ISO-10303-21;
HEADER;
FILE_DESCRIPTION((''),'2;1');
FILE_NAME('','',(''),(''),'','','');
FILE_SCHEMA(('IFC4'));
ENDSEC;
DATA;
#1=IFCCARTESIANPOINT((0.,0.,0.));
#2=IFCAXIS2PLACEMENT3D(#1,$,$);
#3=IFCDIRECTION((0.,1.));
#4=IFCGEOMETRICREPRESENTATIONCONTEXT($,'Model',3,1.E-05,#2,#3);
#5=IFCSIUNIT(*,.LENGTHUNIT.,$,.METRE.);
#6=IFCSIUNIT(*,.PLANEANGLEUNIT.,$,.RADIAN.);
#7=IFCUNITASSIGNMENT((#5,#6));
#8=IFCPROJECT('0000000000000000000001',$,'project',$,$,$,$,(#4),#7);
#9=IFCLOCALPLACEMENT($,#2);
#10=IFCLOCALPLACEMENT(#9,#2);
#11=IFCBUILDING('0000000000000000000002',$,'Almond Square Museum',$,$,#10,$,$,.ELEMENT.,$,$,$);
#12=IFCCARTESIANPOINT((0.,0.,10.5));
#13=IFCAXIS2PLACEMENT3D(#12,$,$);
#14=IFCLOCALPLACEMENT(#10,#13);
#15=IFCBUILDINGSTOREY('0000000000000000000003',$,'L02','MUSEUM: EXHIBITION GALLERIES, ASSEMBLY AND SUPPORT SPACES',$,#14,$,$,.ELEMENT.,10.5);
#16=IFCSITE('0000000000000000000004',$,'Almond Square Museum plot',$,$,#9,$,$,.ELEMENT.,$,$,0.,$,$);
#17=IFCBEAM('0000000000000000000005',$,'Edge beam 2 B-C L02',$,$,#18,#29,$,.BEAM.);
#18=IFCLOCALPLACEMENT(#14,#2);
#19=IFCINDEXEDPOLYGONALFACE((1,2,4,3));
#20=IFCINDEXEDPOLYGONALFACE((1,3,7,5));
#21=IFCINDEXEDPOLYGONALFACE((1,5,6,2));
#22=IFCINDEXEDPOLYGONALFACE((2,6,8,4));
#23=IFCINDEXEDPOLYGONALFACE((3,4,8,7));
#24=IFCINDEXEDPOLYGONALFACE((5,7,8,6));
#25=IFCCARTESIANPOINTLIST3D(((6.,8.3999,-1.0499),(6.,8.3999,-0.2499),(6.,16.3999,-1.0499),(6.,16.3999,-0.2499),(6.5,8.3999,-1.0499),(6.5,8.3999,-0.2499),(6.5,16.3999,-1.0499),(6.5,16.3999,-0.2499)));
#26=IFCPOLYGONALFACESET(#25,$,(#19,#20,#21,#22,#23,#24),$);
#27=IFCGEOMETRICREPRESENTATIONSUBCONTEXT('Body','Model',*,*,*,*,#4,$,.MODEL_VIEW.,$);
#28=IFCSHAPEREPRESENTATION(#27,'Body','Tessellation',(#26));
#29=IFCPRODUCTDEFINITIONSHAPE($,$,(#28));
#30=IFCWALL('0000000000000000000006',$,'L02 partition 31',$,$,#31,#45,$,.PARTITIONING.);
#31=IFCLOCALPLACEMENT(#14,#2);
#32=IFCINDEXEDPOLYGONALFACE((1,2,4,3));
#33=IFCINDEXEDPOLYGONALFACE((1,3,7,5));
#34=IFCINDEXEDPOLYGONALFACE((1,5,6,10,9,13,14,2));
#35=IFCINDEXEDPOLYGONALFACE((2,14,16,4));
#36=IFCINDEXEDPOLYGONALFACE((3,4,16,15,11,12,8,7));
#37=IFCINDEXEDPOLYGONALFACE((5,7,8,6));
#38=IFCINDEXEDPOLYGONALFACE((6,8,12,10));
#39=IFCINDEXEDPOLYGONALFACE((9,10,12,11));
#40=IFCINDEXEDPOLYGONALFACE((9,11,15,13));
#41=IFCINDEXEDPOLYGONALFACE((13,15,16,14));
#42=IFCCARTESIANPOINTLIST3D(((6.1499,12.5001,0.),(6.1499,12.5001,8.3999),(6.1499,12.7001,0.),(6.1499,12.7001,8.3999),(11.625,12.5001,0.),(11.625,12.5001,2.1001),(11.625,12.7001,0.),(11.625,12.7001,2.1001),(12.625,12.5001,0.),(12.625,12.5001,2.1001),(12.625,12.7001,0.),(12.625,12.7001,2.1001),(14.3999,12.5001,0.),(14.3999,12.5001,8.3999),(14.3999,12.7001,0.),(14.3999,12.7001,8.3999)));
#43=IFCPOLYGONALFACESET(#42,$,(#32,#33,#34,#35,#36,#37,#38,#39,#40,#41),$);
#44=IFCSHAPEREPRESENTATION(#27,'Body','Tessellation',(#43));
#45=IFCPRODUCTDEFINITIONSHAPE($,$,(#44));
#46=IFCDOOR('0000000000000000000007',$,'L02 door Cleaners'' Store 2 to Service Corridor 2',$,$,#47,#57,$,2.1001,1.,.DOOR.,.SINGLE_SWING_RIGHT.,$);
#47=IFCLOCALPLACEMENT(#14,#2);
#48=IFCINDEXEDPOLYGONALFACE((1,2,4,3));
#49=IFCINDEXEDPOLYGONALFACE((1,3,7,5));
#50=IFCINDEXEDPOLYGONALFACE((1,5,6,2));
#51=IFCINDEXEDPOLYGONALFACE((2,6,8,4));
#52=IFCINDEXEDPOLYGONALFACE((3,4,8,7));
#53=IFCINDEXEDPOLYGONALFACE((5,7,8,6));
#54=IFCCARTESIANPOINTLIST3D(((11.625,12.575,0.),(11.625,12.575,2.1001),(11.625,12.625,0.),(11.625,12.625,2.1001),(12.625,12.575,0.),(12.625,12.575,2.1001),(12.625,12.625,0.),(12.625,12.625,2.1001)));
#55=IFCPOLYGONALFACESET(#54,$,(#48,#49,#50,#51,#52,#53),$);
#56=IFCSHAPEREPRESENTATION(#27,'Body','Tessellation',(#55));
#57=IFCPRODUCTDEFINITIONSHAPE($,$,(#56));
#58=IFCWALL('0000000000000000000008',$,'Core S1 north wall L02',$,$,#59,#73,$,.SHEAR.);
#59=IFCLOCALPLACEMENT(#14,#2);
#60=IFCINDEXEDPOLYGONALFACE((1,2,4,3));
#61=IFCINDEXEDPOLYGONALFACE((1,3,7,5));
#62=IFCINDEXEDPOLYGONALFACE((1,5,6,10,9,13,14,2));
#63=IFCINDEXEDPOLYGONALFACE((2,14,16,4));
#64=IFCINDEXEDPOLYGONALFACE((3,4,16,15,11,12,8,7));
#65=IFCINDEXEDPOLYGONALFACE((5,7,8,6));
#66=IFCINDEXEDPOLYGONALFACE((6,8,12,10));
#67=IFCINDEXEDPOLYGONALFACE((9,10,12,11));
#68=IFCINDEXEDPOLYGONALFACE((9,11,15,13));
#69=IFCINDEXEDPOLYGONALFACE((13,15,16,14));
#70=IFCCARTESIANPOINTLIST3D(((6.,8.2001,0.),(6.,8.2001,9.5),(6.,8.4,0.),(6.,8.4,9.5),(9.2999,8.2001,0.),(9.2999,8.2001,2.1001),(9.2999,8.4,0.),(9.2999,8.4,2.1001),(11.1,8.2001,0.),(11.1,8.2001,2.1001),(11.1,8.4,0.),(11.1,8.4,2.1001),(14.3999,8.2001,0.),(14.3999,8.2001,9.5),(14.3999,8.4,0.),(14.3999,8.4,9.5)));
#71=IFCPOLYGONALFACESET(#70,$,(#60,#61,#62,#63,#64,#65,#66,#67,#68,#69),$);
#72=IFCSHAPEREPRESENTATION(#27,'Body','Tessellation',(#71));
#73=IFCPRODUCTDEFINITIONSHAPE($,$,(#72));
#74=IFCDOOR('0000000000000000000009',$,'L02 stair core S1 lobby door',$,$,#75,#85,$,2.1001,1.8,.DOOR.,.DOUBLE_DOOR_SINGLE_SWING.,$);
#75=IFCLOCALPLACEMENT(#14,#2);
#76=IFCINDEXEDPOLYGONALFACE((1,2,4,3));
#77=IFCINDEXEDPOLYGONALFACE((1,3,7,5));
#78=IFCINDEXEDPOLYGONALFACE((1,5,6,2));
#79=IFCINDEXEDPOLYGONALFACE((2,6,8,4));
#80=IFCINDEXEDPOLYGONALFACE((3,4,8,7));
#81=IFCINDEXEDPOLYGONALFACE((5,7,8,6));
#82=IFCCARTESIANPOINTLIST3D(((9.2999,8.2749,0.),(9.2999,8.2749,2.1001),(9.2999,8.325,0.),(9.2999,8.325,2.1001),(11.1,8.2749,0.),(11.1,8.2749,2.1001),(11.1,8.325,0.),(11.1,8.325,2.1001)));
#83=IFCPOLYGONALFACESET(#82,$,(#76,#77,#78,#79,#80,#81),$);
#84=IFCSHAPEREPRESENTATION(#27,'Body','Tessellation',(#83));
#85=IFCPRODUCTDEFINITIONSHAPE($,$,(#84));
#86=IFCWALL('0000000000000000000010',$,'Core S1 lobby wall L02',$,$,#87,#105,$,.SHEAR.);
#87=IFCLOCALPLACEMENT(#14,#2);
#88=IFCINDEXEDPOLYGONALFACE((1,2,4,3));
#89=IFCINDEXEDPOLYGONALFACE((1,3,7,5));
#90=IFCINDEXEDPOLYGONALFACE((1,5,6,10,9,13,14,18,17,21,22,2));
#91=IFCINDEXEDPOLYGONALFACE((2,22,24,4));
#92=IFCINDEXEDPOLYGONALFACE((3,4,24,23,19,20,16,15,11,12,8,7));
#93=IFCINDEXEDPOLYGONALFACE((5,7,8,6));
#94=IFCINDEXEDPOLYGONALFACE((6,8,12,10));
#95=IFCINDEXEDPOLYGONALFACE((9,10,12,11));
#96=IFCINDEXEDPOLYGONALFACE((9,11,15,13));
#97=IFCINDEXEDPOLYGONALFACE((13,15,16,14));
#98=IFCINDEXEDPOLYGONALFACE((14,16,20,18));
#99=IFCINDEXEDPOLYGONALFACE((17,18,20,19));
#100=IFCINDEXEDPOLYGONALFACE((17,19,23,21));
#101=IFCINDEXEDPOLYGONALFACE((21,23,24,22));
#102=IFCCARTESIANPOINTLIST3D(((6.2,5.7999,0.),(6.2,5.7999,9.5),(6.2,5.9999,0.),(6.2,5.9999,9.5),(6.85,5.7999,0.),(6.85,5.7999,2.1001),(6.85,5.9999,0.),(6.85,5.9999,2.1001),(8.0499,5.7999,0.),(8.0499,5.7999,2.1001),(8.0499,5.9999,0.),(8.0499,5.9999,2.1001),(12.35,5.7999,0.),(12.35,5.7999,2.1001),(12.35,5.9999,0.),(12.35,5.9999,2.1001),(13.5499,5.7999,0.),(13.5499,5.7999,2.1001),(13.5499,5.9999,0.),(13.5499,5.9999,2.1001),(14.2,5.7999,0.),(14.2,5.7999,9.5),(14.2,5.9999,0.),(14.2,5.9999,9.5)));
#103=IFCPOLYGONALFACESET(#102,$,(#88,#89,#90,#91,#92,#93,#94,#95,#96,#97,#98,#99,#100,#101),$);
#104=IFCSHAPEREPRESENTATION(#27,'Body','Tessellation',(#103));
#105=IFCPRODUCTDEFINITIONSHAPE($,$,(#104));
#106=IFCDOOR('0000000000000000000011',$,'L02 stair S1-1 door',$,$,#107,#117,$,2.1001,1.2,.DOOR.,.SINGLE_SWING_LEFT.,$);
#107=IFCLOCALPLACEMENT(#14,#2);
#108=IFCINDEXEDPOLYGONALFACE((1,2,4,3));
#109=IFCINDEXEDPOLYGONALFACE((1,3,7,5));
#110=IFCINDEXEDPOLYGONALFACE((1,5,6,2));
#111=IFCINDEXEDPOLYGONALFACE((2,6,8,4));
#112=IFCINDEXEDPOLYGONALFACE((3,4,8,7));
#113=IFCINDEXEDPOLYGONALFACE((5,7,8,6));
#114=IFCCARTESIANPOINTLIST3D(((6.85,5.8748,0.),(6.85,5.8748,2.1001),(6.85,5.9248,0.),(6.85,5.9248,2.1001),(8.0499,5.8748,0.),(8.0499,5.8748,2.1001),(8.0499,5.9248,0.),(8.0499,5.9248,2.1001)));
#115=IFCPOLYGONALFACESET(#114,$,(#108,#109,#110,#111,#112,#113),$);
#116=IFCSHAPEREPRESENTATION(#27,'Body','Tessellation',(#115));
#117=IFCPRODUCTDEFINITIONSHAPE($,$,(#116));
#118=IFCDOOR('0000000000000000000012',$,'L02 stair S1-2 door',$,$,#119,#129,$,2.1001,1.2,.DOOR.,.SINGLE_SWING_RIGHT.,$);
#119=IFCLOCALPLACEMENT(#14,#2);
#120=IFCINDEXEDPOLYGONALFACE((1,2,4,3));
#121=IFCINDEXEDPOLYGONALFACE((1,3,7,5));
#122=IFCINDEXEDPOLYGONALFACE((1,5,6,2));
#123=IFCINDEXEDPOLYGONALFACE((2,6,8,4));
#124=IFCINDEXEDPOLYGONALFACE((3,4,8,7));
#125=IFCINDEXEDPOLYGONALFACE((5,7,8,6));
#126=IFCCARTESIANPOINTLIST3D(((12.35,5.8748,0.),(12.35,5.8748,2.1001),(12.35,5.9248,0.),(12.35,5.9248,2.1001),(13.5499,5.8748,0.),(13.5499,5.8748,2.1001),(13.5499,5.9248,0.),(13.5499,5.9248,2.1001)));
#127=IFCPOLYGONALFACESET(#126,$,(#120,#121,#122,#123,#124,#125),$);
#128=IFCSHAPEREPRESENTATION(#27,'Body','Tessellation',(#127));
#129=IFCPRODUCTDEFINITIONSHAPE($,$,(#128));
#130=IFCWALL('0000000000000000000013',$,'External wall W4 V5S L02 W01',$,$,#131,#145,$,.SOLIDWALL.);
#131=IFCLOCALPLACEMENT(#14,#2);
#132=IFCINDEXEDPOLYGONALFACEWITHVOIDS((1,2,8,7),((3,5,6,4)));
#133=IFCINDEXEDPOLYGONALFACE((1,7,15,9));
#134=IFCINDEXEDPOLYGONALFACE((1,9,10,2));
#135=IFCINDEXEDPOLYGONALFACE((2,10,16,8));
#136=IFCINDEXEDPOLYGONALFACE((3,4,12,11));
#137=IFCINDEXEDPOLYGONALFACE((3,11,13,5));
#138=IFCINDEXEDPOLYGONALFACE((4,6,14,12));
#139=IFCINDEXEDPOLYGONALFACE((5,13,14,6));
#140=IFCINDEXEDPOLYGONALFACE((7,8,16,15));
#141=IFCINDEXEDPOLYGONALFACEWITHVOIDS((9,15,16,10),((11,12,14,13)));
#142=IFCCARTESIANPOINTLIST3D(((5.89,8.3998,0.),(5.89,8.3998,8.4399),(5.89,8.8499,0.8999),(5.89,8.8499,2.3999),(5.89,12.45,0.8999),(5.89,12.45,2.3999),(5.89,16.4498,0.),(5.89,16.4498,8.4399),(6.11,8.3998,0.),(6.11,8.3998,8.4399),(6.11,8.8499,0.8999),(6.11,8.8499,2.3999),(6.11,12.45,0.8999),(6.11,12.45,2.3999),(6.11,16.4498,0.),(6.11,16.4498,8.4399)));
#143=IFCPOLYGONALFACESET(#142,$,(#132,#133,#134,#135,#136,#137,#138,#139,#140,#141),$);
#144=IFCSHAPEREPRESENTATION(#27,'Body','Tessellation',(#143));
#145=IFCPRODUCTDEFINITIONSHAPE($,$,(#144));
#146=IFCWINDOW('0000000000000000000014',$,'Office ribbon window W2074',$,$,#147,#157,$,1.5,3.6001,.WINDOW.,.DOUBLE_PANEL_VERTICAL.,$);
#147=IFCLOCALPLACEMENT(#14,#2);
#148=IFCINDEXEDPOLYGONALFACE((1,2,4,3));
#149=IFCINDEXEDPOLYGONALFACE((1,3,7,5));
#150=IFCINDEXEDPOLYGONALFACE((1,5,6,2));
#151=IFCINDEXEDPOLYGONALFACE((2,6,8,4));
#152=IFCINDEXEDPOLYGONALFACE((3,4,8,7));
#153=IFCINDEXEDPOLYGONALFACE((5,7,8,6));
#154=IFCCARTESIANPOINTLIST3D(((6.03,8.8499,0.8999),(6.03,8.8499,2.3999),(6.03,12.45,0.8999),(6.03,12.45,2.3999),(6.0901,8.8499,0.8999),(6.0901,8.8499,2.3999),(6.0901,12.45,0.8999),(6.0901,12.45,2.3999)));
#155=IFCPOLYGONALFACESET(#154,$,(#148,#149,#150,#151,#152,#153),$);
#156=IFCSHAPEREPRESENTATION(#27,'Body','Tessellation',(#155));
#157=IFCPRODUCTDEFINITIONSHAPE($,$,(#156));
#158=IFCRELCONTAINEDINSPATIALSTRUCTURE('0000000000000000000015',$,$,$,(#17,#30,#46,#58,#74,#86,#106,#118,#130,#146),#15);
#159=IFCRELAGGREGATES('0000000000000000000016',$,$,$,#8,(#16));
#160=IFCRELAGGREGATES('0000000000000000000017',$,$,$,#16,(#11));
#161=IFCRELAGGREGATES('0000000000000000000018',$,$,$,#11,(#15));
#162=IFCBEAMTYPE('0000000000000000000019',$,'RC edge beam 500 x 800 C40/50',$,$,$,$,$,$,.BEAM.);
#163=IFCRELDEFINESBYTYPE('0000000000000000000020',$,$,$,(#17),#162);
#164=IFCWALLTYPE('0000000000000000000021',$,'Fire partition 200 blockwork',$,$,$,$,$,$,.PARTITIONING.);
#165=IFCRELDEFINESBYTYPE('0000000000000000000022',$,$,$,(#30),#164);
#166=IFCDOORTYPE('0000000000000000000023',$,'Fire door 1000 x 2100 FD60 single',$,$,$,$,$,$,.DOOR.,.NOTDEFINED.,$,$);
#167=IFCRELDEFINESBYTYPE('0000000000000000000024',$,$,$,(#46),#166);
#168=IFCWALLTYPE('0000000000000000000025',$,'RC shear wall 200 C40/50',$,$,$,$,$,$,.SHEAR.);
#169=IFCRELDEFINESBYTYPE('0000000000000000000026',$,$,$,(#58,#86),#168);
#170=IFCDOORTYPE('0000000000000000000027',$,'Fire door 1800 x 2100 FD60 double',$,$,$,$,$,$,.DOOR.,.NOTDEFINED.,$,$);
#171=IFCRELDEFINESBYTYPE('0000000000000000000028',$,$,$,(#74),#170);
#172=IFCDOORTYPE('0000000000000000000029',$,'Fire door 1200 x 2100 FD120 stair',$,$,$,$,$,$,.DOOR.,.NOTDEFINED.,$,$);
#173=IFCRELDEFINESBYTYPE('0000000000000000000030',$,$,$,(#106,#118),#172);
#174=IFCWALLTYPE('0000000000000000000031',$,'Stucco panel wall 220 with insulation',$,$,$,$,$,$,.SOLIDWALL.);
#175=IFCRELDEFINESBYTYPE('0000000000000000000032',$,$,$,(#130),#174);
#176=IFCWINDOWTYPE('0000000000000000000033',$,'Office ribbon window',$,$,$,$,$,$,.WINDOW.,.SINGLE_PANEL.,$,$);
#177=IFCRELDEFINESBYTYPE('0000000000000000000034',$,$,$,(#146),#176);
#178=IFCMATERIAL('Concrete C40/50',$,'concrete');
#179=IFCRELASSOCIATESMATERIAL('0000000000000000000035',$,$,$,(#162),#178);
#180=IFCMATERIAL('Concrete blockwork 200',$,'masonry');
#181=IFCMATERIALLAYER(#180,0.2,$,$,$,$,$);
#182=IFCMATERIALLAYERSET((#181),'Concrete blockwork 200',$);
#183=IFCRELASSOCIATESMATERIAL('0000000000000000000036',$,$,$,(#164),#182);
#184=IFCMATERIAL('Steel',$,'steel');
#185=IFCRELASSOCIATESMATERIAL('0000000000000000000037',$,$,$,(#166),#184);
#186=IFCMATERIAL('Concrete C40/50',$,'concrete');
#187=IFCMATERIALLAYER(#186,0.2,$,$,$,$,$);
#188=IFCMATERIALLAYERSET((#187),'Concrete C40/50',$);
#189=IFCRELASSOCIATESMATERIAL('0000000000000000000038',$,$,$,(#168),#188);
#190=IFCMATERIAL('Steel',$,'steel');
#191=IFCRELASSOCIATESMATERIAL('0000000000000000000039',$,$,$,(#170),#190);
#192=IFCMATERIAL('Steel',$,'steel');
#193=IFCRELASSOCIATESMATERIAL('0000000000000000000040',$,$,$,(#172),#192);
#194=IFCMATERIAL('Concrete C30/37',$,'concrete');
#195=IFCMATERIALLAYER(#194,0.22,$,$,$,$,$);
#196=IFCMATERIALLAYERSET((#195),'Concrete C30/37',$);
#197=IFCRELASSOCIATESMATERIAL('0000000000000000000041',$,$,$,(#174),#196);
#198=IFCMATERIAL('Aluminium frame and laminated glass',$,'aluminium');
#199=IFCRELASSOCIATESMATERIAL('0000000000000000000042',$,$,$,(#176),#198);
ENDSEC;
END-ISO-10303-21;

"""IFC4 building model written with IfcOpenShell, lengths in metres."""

from ifc_helpers import new_model, si_unit, direction, frame, frame_2d, origin, origin_2d, place, context, subcontext, project, spatial, rectangle, extrude, material, layer, layer_set, material_profile, profile_set, type_object, element, fill, save


model = new_model("IFC4")

# Units and contexts
model_context = context("Model", 3, precision=1e-05, world=origin(), true_north=direction((0.0, 1.0)))
body_context = subcontext(model_context, "Body", "Model", "MODEL_VIEW")
ifc_project = project(units=[si_unit("LENGTHUNIT", "METRE"), si_unit("PLANEANGLEUNIT", "RADIAN")], contexts=[model_context])

# Site, building, storey
site_placement = place(None, origin())
site = spatial("IfcSite", under=ifc_project, at=site_placement, Name="Almond Square Museum plot", CompositionType="ELEMENT", RefElevation=0.0)
building_placement = place(site_placement, origin())
building = spatial("IfcBuilding", under=site, at=building_placement, Name="Almond Square Museum", CompositionType="ELEMENT")
storey_placement = place(building_placement, frame((0.0, 0.0, 10.5)))
storey = spatial("IfcBuildingStorey", under=building, at=storey_placement, Name="L02", Description="MUSEUM: EXHIBITION GALLERIES, ASSEMBLY AND SUPPORT SPACES", CompositionType="ELEMENT", Elevation=10.5)

# Beam
ifc_material_1 = material(Name="Concrete C40/50", Category="concrete")
ifc_material_profile = material_profile(ifc_material_1, rectangle(XDim=0.5, YDim=0.8, at=origin_2d()))
ifc_profile_set = profile_set([ifc_material_profile], Name="Concrete C40/50")
beam_type = type_object("IfcBeamType", Name="RC edge beam 500 x 800 C40/50", PredefinedType="BEAM", material=ifc_profile_set)
beam_placement = place(storey_placement, frame((6.25, 8.3999, -0.6499), z_axis=(0.0, 1.0, 0.0), x_axis=(-1.0, 0.0, 0.0)))
element("IfcBeam", 1, at=beam_placement, inside=storey, type_object=beam_type, Name="Edge beam 2 B-C L02", PredefinedType="BEAM", context=body_context, shape_type="SweptSolid", body=[
    extrude(rectangle(XDim=0.5, YDim=0.8, at=origin_2d()), origin(), (0.0, 0.0, 1.0), 8.0),
])

# Walls, openings, doors
ifc_material_2 = material(Name="Concrete blockwork 200", Category="masonry")
ifc_layer_1 = layer(ifc_material_2, 0.2)
ifc_layer_set_1 = layer_set([ifc_layer_1], Name="Concrete blockwork 200")
wall_type_1 = type_object("IfcWallType", Name="Fire partition 200 blockwork", PredefinedType="PARTITIONING", material=ifc_layer_set_1)
wall_1_placement = place(storey_placement, frame((6.1499, 12.6001, 0.0), z_axis=(0.0, 0.0, 1.0), x_axis=(1.0, 0.0, 0.0)))
wall_1 = element("IfcWall", 2, at=wall_1_placement, inside=storey, type_object=wall_type_1, Name="L02 partition 31", PredefinedType="PARTITIONING", context=body_context, shape_type="SweptSolid", body=[
    extrude(rectangle(XDim=8.25, YDim=0.2, at=frame_2d((4.125, 0.0))), origin(), (0.0, 0.0, 1.0), 8.3999),
])
opening_1_placement = place(wall_1_placement, frame((5.4751, 0.0, 0.0)))
opening_1 = element("IfcOpeningElement", 3, at=opening_1_placement, cuts=wall_1, PredefinedType="OPENING", context=body_context, shape_type="SweptSolid", body=[
    extrude(rectangle(XDim=1.0, YDim=2.1001, at=frame_2d((0.5, 1.05))), frame((0.0, 0.1099, 0.0), z_axis=(0.0, -1.0, 0.0), x_axis=(1.0, 0.0, 0.0)), (0.0, 0.0, 1.0), 0.22),
])
ifc_material_3 = material(Name="Steel", Category="steel")
door_type_1 = type_object("IfcDoorType", Name="Fire door 1000 x 2100 FD60 single", OperationType="NOTDEFINED", PredefinedType="DOOR", material=ifc_material_3)
door_1_placement = place(opening_1_placement, origin())
door_1 = element("IfcDoor", 4, at=door_1_placement, inside=storey, type_object=door_type_1, Name="L02 door Cleaners' Store 2 to Service Corridor 2", OperationType="SINGLE_SWING_RIGHT", OverallHeight=2.1001, OverallWidth=1.0, PredefinedType="DOOR", context=body_context, shape_type="SweptSolid", body=[
    extrude(rectangle(XDim=1.0, YDim=2.1001, at=frame_2d((0.5, 1.05))), frame((0.0, 0.0249, 0.0), z_axis=(0.0, -1.0, 0.0), x_axis=(1.0, 0.0, 0.0)), (0.0, 0.0, 1.0), 0.05),
])
fill(opening_1, door_1)
ifc_material_4 = material(Name="Concrete C40/50", Category="concrete")
ifc_layer_2 = layer(ifc_material_4, 0.2)
ifc_layer_set_2 = layer_set([ifc_layer_2], Name="Concrete C40/50")
wall_type_2 = type_object("IfcWallType", Name="RC shear wall 200 C40/50", PredefinedType="SHEAR", material=ifc_layer_set_2)
wall_2_placement = place(storey_placement, frame((6.0, 8.3, 0.0), z_axis=(0.0, 0.0, 1.0), x_axis=(1.0, 0.0, 0.0)))
wall_2 = element("IfcWall", 5, at=wall_2_placement, inside=storey, type_object=wall_type_2, Name="Core S1 north wall L02", PredefinedType="SHEAR", context=body_context, shape_type="SweptSolid", body=[
    extrude(rectangle(XDim=8.3999, YDim=0.2, at=frame_2d((4.2, 0.0))), origin(), (0.0, 0.0, 1.0), 9.5),
])
opening_2_placement = place(wall_2_placement, frame((3.3, 0.0, 0.0)))
opening_2 = element("IfcOpeningElement", 6, at=opening_2_placement, cuts=wall_2, PredefinedType="OPENING", context=body_context, shape_type="SweptSolid", body=[
    extrude(rectangle(XDim=1.8, YDim=2.1001, at=frame_2d((0.8999, 1.05))), frame((0.0, 0.1099, 0.0), z_axis=(0.0, -1.0, 0.0), x_axis=(1.0, 0.0, 0.0)), (0.0, 0.0, 1.0), 0.22),
])
ifc_material_5 = material(Name="Steel", Category="steel")
door_type_2 = type_object("IfcDoorType", Name="Fire door 1800 x 2100 FD60 double", OperationType="NOTDEFINED", PredefinedType="DOOR", material=ifc_material_5)
door_2_placement = place(opening_2_placement, origin())
door_2 = element("IfcDoor", 7, at=door_2_placement, inside=storey, type_object=door_type_2, Name="L02 stair core S1 lobby door", OperationType="DOUBLE_DOOR_SINGLE_SWING", OverallHeight=2.1001, OverallWidth=1.8, PredefinedType="DOOR", context=body_context, shape_type="SweptSolid", body=[
    extrude(rectangle(XDim=1.8, YDim=2.1001, at=frame_2d((0.8999, 1.05))), frame((0.0, 0.0249, 0.0), z_axis=(0.0, -1.0, 0.0), x_axis=(1.0, 0.0, 0.0)), (0.0, 0.0, 1.0), 0.05),
])
fill(opening_2, door_2)

# Wall, openings, doors
wall_3_placement = place(storey_placement, frame((6.2, 5.8999, 0.0), z_axis=(0.0, 0.0, 1.0), x_axis=(1.0, 0.0, 0.0)))
wall_3 = element("IfcWall", 8, at=wall_3_placement, inside=storey, type_object=wall_type_2, Name="Core S1 lobby wall L02", PredefinedType="SHEAR", context=body_context, shape_type="SweptSolid", body=[
    extrude(rectangle(XDim=8.0, YDim=0.2, at=frame_2d((4.0, 0.0))), origin(), (0.0, 0.0, 1.0), 9.5),
])
opening_3_placement = place(wall_3_placement, frame((0.6499, 0.0, 0.0)))
opening_3 = element("IfcOpeningElement", 9, at=opening_3_placement, cuts=wall_3, PredefinedType="OPENING", context=body_context, shape_type="SweptSolid", body=[
    extrude(rectangle(XDim=1.2, YDim=2.1001, at=frame_2d((0.6001, 1.05))), frame((0.0, 0.1099, 0.0), z_axis=(0.0, -1.0, 0.0), x_axis=(1.0, 0.0, 0.0)), (0.0, 0.0, 1.0), 0.22),
])
opening_4_placement = place(wall_3_placement, frame((6.1499, 0.0, 0.0)))
opening_4 = element("IfcOpeningElement", 10, at=opening_4_placement, cuts=wall_3, PredefinedType="OPENING", context=body_context, shape_type="SweptSolid", body=[
    extrude(rectangle(XDim=1.2, YDim=2.1001, at=frame_2d((0.6001, 1.05))), frame((0.0, 0.1099, 0.0), z_axis=(0.0, -1.0, 0.0), x_axis=(1.0, 0.0, 0.0)), (0.0, 0.0, 1.0), 0.22),
])
ifc_material_6 = material(Name="Steel", Category="steel")
door_type_3 = type_object("IfcDoorType", Name="Fire door 1200 x 2100 FD120 stair", OperationType="NOTDEFINED", PredefinedType="DOOR", material=ifc_material_6)
door_3_placement = place(opening_3_placement, origin())
door_3 = element("IfcDoor", 11, at=door_3_placement, inside=storey, type_object=door_type_3, Name="L02 stair S1-1 door", OperationType="SINGLE_SWING_LEFT", OverallHeight=2.1001, OverallWidth=1.2, PredefinedType="DOOR", context=body_context, shape_type="SweptSolid", body=[
    extrude(rectangle(XDim=1.2, YDim=2.1001, at=frame_2d((0.6001, 1.05))), frame((0.0, 0.0249, 0.0), z_axis=(0.0, -1.0, 0.0), x_axis=(1.0, 0.0, 0.0)), (0.0, 0.0, 1.0), 0.05),
])
fill(opening_3, door_3)
door_4_placement = place(opening_4_placement, origin())
door_4 = element("IfcDoor", 12, at=door_4_placement, inside=storey, type_object=door_type_3, Name="L02 stair S1-2 door", OperationType="SINGLE_SWING_RIGHT", OverallHeight=2.1001, OverallWidth=1.2, PredefinedType="DOOR", context=body_context, shape_type="SweptSolid", body=[
    extrude(rectangle(XDim=1.2, YDim=2.1001, at=frame_2d((0.6001, 1.05))), frame((0.0, 0.0249, 0.0), z_axis=(0.0, -1.0, 0.0), x_axis=(1.0, 0.0, 0.0)), (0.0, 0.0, 1.0), 0.05),
])
fill(opening_4, door_4)

# Wall, opening, window
ifc_material_7 = material(Name="Concrete C30/37", Category="concrete")
ifc_layer_3 = layer(ifc_material_7, 0.22)
ifc_layer_set_3 = layer_set([ifc_layer_3], Name="Concrete C30/37")
wall_type_3 = type_object("IfcWallType", Name="Stucco panel wall 220 with insulation", PredefinedType="SOLIDWALL", material=ifc_layer_set_3)
wall_4_placement = place(storey_placement, frame((6.0, 8.3999, 0.0), z_axis=(0.0, 0.0, 1.0), x_axis=(0.0, 1.0, 0.0)))
wall_4 = element("IfcWall", 13, at=wall_4_placement, inside=storey, type_object=wall_type_3, Name="External wall W4 V5S L02 W01", PredefinedType="SOLIDWALL", context=body_context, shape_type="SweptSolid", body=[
    extrude(rectangle(XDim=8.05, YDim=0.22, at=frame_2d((4.0249, 0.0))), origin(), (0.0, 0.0, 1.0), 8.4399),
])
opening_5_placement = place(wall_4_placement, frame((0.45, 0.0, 0.8999)))
opening_5 = element("IfcOpeningElement", 14, at=opening_5_placement, cuts=wall_4, PredefinedType="OPENING", context=body_context, shape_type="SweptSolid", body=[
    extrude(rectangle(XDim=3.6001, YDim=1.5, at=frame_2d((1.8, 0.75))), frame((0.0, 0.1199, 0.0), z_axis=(0.0, -1.0, 0.0), x_axis=(1.0, 0.0, 0.0)), (0.0, 0.0, 1.0), 0.24),
])
ifc_material_8 = material(Name="Aluminium frame and laminated glass", Category="aluminium")
window_type = type_object("IfcWindowType", Name="Office ribbon window", PartitioningType="SINGLE_PANEL", PredefinedType="WINDOW", material=ifc_material_8)
window_placement = place(opening_5_placement, origin())
window = element("IfcWindow", 15, at=window_placement, inside=storey, type_object=window_type, Name="Office ribbon window W2074", OverallHeight=1.5, OverallWidth=3.6001, PartitioningType="DOUBLE_PANEL_VERTICAL", PredefinedType="WINDOW", context=body_context, shape_type="SweptSolid", body=[
    extrude(rectangle(XDim=3.6001, YDim=1.5, at=frame_2d((1.8, 0.75))), frame((0.0, -0.03, 0.0), z_axis=(0.0, -1.0, 0.0), x_axis=(1.0, 0.0, 0.0)), (0.0, 0.0, 1.0), 0.0601),
])
fill(opening_5, window)

save(model, "model.ifc")
